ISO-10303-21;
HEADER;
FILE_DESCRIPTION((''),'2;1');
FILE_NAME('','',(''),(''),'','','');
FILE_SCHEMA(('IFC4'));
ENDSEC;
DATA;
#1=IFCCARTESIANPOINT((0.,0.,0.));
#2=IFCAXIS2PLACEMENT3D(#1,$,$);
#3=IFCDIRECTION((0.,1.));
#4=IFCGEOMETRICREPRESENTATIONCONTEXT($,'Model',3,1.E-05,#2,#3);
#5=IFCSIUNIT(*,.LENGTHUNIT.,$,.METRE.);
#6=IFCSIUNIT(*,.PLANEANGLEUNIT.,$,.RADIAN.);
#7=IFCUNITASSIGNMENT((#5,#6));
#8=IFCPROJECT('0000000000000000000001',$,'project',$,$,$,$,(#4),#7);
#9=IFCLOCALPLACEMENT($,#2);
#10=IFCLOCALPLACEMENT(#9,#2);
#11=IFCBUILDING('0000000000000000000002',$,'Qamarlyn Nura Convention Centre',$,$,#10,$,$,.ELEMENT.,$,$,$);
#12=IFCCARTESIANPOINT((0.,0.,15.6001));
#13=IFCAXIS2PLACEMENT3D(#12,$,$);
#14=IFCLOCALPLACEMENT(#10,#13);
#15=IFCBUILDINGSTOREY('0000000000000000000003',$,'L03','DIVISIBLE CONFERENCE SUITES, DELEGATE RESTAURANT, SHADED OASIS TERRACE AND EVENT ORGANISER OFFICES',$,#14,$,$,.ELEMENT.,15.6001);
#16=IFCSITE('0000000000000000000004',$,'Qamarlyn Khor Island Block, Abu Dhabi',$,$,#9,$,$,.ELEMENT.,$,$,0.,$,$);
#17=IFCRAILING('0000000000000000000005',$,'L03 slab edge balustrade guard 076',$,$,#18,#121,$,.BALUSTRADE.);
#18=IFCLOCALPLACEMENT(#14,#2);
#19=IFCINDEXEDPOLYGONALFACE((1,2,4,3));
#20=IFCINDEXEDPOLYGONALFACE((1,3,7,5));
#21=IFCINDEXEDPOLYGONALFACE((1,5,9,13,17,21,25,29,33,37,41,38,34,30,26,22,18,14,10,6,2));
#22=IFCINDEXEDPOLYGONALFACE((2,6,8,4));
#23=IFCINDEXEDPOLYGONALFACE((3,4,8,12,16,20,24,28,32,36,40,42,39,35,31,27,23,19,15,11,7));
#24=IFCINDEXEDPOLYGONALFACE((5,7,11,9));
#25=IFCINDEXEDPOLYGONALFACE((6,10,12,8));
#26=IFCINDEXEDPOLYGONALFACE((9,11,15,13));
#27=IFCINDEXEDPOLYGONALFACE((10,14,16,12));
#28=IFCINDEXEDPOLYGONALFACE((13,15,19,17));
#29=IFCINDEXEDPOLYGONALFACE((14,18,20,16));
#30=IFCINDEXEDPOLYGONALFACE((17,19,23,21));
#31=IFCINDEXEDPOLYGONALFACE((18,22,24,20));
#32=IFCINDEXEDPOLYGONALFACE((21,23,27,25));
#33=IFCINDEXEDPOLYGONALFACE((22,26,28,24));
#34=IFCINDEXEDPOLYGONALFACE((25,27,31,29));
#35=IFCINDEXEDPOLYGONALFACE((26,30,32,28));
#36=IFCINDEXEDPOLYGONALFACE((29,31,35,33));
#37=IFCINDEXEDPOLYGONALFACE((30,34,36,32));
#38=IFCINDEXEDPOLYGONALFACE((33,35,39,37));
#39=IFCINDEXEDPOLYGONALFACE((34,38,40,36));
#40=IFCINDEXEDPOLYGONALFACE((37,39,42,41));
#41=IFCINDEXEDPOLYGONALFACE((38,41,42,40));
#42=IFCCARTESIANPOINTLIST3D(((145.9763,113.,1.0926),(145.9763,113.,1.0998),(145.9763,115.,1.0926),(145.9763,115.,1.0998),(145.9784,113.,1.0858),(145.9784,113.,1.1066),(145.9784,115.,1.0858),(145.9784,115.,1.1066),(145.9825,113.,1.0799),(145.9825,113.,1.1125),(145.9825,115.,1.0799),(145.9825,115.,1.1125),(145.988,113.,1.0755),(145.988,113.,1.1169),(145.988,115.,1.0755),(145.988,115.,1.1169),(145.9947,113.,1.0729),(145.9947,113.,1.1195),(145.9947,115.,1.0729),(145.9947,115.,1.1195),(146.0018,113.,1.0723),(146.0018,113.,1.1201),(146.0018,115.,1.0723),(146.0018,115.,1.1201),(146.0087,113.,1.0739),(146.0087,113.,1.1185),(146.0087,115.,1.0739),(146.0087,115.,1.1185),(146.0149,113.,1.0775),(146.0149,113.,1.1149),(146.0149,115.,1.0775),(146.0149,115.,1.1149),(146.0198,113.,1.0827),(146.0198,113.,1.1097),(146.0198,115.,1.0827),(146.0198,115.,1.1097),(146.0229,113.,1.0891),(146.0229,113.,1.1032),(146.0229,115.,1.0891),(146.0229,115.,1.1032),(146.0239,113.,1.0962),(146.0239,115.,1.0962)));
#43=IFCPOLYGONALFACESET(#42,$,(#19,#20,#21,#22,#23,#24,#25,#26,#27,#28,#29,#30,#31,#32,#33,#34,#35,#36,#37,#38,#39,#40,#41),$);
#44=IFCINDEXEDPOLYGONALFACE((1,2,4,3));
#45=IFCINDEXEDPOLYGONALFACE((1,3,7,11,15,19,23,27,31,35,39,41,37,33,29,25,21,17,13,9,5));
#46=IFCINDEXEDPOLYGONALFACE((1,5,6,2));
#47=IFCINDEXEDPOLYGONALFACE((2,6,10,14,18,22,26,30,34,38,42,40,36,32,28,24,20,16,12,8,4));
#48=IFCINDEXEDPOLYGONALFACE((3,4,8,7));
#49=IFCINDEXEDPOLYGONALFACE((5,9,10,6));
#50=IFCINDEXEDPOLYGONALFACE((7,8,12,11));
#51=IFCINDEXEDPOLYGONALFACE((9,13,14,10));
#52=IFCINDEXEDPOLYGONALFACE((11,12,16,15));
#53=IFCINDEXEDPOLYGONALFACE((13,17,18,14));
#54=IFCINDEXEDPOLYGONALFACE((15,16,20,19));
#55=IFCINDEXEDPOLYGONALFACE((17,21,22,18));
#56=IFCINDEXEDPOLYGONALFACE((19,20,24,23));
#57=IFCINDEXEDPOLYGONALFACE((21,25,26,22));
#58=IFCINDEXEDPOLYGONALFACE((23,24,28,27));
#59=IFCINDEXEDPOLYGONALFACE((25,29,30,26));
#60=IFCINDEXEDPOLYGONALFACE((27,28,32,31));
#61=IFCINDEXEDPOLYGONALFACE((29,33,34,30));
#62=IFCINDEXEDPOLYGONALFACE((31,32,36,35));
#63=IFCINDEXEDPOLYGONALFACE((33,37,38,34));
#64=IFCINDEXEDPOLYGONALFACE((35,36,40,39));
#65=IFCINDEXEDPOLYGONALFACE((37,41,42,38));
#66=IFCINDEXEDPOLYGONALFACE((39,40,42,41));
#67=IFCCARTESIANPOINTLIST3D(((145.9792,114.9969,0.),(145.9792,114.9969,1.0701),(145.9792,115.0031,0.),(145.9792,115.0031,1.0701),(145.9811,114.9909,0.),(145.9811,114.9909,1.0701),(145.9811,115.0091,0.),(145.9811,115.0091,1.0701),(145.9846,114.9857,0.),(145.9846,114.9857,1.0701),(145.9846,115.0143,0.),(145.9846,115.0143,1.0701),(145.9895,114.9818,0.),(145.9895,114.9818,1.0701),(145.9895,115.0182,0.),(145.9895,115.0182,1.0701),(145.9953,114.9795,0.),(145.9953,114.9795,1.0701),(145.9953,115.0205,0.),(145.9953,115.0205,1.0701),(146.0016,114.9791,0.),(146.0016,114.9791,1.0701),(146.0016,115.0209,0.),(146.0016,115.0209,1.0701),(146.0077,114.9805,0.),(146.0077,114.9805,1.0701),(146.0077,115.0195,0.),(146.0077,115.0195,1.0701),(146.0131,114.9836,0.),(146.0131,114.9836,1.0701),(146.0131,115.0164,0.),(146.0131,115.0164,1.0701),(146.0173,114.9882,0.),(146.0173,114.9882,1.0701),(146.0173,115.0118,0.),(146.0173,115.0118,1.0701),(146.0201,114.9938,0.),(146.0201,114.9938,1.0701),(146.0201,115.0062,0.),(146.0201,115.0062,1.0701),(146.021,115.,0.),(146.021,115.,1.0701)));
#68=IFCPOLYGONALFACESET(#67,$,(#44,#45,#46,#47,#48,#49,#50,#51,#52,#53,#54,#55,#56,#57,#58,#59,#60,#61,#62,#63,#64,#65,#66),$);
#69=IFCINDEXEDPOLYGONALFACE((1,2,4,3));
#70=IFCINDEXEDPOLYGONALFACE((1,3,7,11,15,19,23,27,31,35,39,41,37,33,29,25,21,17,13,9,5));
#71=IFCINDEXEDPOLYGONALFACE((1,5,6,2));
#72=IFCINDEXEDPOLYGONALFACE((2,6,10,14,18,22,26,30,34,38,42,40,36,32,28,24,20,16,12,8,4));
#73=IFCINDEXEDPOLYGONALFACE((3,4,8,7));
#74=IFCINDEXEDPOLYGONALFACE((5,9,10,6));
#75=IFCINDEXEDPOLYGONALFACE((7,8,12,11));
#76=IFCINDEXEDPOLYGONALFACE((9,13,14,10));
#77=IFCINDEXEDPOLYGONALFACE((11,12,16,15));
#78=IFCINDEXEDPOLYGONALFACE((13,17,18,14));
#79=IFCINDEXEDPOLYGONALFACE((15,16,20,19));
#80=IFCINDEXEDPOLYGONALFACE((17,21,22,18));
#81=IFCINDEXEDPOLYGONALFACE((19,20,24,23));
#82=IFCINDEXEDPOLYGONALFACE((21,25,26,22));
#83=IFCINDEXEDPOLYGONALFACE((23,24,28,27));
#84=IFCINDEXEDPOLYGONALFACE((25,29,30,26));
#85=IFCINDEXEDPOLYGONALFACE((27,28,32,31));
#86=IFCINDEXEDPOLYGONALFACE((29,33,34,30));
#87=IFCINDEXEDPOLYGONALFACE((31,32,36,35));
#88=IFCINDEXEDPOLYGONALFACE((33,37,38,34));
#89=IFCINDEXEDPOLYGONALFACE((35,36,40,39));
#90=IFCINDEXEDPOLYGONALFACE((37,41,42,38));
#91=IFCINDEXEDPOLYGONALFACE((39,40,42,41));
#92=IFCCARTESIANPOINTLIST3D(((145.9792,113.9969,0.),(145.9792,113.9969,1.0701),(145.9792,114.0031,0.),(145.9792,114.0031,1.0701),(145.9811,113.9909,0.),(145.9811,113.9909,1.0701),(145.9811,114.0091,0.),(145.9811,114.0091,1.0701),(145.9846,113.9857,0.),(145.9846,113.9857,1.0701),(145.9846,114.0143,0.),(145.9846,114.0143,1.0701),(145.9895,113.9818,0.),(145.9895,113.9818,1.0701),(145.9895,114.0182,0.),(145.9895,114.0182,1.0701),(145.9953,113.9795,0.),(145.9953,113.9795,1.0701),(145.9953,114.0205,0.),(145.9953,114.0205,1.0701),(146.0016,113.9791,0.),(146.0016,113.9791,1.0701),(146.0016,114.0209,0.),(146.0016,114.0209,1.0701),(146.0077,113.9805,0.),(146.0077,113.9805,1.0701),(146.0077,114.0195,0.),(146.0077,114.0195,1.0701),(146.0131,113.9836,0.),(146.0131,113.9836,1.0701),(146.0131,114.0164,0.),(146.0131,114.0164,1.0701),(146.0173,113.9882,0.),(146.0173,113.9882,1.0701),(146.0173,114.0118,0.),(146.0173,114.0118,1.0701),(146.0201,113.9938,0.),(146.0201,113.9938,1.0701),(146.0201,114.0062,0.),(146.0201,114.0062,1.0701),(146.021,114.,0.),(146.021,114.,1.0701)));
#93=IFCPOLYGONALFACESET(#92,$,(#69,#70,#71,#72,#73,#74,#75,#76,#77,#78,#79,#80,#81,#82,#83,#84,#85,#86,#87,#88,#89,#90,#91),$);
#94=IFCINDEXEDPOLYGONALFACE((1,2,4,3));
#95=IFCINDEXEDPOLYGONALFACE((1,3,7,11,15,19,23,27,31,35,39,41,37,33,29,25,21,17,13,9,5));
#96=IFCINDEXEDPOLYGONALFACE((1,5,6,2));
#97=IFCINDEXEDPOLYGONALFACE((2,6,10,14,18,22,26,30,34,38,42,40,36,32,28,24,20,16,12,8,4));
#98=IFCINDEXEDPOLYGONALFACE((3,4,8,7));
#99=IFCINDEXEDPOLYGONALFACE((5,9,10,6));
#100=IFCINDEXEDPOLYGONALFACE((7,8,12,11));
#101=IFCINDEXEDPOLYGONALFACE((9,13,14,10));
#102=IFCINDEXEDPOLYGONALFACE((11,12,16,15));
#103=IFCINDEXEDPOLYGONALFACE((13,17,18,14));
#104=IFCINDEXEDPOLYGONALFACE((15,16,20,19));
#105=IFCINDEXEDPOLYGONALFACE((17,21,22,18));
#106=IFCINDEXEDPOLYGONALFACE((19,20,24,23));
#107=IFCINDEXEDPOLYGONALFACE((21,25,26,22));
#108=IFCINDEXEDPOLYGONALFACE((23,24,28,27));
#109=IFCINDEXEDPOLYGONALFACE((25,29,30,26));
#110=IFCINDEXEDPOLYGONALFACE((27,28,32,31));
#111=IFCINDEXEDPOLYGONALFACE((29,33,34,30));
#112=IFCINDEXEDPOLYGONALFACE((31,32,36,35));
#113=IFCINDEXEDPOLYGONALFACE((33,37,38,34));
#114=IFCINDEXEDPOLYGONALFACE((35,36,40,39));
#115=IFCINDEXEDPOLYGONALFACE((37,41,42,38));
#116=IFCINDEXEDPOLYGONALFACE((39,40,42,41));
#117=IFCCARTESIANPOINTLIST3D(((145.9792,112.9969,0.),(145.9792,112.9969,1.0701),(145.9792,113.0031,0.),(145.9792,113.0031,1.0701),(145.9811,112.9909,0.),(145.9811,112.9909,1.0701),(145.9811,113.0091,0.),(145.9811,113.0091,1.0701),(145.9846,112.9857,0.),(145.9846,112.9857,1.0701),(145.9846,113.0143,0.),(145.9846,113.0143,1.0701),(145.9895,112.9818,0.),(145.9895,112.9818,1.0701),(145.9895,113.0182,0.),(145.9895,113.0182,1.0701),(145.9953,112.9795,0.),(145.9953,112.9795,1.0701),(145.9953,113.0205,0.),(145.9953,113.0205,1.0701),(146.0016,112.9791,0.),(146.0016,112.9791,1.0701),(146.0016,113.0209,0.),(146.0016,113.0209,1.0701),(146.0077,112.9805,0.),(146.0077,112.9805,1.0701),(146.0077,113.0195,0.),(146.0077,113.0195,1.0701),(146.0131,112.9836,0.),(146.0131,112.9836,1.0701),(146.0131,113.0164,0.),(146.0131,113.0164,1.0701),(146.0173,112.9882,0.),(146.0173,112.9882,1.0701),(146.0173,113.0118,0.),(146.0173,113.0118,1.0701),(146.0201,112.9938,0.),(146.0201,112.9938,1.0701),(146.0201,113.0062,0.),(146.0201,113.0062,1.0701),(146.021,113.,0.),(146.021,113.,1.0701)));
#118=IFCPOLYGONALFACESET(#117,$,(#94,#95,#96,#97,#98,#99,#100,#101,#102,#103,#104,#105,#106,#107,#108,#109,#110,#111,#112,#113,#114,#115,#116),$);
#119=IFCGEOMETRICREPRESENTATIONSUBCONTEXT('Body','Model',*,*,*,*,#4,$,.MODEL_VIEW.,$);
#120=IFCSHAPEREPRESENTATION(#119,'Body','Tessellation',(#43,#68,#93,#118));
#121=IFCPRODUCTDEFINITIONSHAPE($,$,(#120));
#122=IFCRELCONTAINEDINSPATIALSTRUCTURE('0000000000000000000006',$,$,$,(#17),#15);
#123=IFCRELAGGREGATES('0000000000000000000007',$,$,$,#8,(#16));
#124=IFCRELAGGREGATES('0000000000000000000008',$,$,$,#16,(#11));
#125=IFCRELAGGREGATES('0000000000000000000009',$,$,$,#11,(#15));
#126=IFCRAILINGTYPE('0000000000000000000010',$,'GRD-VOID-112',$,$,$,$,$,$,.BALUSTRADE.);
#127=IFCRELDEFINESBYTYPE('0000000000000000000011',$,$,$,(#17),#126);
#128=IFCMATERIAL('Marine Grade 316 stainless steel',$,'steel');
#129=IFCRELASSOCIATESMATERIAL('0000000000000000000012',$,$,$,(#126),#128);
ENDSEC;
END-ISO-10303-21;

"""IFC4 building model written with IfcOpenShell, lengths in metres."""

from ifc_helpers import new_model, si_unit, direction, frame, origin, origin_2d, place, context, subcontext, project, spatial, circle, extrude, material, type_object, element, save


model = new_model("IFC4")

# Units and contexts
model_context = context("Model", 3, precision=1e-05, world=origin(), true_north=direction((0.0, 1.0)))
body_context = subcontext(model_context, "Body", "Model", "MODEL_VIEW")
ifc_project = project(units=[si_unit("LENGTHUNIT", "METRE"), si_unit("PLANEANGLEUNIT", "RADIAN")], contexts=[model_context])

# Site, building, storey
site_placement = place(None, origin())
site = spatial("IfcSite", under=ifc_project, at=site_placement, Name="Qamarlyn Khor Island Block, Abu Dhabi", CompositionType="ELEMENT", RefElevation=0.0)
building_placement = place(site_placement, origin())
building = spatial("IfcBuilding", under=site, at=building_placement, Name="Qamarlyn Nura Convention Centre", CompositionType="ELEMENT")
storey_placement = place(building_placement, frame((0.0, 0.0, 15.6001)))
storey = spatial("IfcBuildingStorey", under=building, at=storey_placement, Name="L03", Description="DIVISIBLE CONFERENCE SUITES, DELEGATE RESTAURANT, SHADED OASIS TERRACE AND EVENT ORGANISER OFFICES", CompositionType="ELEMENT", Elevation=15.6001)

# Railing
ifc_material_1 = material(Name="Marine Grade 316 stainless steel", Category="steel")
railing_type = type_object("IfcRailingType", Name="GRD-VOID-112", PredefinedType="BALUSTRADE", material=ifc_material_1)
railing_1_placement = place(storey_placement, frame((146.0, 115.0, 0.0)))
element("IfcRailing", 1, at=railing_1_placement, inside=storey, type_object=railing_type, Name="L03 slab edge balustrade guard 076", PredefinedType="BALUSTRADE", context=body_context, shape_type="SweptSolid", body=[
    extrude(circle(Radius=0.0239, at=origin_2d()), frame((0.0, 0.0, 1.0962), z_axis=(0.0, -1.0, 0.0), x_axis=(1.0, 0.0, 0.0)), (0.0, 0.0, 1.0), 2.0),
    extrude(circle(Radius=0.021, at=origin_2d()), origin(), (0.0, 0.0, 1.0), 1.0701),
    extrude(circle(Radius=0.021, at=origin_2d()), frame((0.0, -1.0, 0.0)), (0.0, 0.0, 1.0), 1.0701),
    extrude(circle(Radius=0.021, at=origin_2d()), frame((0.0, -2.0, 0.0)), (0.0, 0.0, 1.0), 1.0701),
])

save(model, "model.ifc")
